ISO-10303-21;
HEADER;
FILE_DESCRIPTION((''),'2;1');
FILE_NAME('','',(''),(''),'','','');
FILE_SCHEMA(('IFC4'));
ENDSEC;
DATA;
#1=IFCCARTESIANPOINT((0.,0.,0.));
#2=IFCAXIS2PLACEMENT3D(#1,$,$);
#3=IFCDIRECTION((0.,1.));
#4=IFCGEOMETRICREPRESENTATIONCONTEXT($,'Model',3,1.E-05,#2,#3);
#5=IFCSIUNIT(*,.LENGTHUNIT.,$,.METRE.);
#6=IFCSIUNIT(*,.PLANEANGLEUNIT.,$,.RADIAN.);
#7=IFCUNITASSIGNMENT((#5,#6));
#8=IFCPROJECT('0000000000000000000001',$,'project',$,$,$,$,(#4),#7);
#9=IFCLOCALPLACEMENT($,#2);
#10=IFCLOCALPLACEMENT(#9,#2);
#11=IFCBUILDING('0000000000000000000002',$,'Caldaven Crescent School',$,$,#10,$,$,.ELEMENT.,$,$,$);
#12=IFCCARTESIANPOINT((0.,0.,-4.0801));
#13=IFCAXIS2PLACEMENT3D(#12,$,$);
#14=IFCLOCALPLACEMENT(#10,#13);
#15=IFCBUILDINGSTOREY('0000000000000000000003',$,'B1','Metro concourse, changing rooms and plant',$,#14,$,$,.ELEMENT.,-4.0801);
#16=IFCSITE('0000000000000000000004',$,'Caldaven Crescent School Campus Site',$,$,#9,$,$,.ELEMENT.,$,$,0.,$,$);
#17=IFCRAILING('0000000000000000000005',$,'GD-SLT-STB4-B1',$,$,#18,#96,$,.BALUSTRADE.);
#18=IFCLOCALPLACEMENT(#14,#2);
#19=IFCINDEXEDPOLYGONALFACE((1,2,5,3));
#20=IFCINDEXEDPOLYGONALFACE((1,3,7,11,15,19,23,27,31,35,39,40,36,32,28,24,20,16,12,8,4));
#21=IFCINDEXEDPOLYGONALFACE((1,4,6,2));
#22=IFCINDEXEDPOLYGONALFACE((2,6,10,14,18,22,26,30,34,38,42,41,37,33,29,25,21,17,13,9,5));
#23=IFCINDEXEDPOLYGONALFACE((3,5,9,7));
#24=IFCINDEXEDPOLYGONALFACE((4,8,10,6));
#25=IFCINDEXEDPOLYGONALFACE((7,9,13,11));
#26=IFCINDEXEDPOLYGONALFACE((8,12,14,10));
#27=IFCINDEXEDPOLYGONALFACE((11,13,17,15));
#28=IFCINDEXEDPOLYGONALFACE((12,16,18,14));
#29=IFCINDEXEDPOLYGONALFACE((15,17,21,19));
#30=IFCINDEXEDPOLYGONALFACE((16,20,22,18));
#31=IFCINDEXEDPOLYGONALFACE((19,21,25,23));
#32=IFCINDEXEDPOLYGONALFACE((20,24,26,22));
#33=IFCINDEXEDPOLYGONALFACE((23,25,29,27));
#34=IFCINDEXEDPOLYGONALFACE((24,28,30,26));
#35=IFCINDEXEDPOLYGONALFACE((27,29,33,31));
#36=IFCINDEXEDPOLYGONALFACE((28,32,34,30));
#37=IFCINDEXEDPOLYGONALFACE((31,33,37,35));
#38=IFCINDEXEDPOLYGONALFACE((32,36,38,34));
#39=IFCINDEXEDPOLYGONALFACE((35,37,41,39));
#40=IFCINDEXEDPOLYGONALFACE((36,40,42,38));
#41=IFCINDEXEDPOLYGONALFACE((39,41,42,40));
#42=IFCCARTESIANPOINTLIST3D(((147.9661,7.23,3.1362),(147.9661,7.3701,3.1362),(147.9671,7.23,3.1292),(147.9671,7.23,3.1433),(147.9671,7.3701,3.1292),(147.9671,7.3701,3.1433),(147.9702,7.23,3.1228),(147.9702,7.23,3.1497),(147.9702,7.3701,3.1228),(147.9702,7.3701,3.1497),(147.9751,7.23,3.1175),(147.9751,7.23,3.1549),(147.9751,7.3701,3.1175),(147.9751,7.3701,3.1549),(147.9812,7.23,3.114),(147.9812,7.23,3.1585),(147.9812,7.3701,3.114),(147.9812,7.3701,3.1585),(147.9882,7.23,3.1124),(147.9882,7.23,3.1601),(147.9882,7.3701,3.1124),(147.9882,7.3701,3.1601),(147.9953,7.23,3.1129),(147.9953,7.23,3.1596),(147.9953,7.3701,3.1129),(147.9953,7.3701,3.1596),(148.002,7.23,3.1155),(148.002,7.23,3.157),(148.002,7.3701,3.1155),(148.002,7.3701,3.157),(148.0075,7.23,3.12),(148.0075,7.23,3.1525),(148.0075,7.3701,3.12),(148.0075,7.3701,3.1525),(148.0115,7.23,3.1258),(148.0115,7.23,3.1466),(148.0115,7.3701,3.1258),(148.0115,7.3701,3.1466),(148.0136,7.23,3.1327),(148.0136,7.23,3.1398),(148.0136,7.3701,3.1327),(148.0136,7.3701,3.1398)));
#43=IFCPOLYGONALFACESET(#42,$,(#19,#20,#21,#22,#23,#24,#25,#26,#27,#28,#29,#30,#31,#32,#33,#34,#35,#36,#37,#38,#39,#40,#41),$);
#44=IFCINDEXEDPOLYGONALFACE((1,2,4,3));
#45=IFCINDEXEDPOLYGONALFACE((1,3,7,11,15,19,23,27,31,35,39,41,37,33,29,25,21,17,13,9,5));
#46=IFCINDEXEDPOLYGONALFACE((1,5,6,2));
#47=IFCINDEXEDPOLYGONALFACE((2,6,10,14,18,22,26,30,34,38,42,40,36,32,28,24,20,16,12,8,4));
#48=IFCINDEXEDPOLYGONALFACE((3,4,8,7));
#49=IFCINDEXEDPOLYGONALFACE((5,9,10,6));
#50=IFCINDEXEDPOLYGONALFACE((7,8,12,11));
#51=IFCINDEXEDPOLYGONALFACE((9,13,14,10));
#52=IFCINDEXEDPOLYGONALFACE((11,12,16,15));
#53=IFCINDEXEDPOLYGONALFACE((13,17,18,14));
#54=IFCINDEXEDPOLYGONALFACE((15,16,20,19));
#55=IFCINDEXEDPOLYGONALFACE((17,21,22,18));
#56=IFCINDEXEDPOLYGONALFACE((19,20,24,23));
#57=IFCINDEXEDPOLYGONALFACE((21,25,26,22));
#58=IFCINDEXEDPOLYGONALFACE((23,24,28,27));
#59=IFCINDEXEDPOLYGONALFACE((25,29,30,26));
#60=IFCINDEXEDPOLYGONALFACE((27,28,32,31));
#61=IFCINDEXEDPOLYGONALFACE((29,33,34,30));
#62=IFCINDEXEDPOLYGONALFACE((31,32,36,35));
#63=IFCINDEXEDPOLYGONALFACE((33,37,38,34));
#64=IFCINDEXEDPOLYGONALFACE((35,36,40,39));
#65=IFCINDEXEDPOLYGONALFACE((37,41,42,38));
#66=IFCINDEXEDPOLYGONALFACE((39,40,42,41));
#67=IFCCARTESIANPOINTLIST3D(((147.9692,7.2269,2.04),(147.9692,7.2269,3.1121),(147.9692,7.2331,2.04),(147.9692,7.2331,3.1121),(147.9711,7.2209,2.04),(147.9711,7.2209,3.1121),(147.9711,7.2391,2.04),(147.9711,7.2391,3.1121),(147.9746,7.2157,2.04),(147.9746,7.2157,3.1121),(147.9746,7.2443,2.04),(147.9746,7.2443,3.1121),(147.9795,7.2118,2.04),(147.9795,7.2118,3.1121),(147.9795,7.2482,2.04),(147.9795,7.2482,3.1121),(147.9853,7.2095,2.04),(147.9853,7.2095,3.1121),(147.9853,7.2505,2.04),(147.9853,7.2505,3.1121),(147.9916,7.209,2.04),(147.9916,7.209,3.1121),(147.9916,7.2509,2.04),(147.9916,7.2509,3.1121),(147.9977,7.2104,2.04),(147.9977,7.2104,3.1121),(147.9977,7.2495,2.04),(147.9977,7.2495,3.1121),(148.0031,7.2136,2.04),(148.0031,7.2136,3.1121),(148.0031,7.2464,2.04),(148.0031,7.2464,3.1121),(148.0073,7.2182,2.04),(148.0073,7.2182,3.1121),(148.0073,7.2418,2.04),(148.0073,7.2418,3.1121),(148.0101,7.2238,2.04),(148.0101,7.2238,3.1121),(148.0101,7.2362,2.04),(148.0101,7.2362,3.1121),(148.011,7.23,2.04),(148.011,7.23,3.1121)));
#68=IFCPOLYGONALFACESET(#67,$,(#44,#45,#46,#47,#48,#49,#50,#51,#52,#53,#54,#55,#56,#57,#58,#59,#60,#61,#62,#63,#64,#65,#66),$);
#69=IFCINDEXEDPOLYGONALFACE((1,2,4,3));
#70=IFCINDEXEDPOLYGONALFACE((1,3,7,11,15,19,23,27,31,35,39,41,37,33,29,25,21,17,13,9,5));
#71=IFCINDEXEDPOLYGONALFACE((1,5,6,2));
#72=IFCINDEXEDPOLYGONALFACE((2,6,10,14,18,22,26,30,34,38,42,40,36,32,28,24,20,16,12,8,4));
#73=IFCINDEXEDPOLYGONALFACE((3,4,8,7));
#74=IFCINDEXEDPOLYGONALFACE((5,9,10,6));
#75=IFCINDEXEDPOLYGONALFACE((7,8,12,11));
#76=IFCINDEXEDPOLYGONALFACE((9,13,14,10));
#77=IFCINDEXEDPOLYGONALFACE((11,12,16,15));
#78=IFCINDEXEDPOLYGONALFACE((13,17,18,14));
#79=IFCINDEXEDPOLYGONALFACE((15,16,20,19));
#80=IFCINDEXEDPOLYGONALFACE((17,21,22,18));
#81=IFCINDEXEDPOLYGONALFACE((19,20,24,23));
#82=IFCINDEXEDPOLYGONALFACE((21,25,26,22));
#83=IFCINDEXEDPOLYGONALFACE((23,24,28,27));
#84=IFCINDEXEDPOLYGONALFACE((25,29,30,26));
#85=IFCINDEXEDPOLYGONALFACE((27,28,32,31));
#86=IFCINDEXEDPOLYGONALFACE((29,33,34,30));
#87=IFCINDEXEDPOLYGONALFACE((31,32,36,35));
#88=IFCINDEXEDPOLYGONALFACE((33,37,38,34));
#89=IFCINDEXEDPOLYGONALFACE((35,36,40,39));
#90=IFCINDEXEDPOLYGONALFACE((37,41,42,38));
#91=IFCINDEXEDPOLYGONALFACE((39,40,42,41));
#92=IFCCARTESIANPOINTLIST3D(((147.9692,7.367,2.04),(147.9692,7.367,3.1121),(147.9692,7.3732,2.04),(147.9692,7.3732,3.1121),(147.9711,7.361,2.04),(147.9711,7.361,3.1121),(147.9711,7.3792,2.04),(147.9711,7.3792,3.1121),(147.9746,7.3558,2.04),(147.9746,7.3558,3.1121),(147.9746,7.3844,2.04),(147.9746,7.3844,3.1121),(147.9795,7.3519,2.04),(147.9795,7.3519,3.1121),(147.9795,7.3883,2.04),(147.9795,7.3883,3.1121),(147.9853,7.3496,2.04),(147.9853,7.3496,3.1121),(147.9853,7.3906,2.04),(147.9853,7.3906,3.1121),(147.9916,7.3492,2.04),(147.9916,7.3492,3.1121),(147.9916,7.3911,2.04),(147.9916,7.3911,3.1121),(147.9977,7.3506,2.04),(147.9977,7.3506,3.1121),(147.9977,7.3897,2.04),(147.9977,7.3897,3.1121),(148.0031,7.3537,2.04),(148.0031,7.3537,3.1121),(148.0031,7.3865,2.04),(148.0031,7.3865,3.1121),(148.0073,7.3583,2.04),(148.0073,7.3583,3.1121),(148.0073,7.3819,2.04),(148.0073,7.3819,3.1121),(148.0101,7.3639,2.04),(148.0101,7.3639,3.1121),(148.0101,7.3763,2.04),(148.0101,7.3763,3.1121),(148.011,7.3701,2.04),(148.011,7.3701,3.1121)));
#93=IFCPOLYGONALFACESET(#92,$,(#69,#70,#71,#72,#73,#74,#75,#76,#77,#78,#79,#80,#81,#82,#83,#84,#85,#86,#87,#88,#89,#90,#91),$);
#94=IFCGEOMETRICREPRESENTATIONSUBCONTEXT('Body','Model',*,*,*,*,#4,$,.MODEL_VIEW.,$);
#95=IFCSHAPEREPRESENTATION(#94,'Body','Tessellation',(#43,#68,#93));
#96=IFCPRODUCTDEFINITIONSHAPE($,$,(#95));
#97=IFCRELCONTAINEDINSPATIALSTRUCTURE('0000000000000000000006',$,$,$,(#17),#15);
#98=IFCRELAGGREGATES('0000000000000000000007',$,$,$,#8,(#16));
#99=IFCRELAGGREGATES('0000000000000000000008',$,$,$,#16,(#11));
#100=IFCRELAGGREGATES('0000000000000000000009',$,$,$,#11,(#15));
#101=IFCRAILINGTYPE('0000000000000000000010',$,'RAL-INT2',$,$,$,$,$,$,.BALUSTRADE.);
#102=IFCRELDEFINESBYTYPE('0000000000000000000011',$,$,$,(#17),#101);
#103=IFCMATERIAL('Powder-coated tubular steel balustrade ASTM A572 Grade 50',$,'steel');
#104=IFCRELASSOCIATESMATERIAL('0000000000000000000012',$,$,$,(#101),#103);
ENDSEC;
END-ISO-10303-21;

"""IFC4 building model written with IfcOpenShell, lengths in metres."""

from ifc_helpers import new_model, si_unit, direction, frame, origin, origin_2d, place, context, subcontext, project, spatial, circle, extrude, material, type_object, element, save


model = new_model("IFC4")

# Units and contexts
model_context = context("Model", 3, precision=1e-05, world=origin(), true_north=direction((0.0, 1.0)))
body_context = subcontext(model_context, "Body", "Model", "MODEL_VIEW")
ifc_project = project(units=[si_unit("LENGTHUNIT", "METRE"), si_unit("PLANEANGLEUNIT", "RADIAN")], contexts=[model_context])

# Site, building, storey
site_placement = place(None, origin())
site = spatial("IfcSite", under=ifc_project, at=site_placement, Name="Caldaven Crescent School Campus Site", CompositionType="ELEMENT", RefElevation=0.0)
building_placement = place(site_placement, origin())
building = spatial("IfcBuilding", under=site, at=building_placement, Name="Caldaven Crescent School", CompositionType="ELEMENT")
storey_placement = place(building_placement, frame((0.0, 0.0, -4.0801)))
storey = spatial("IfcBuildingStorey", under=building, at=storey_placement, Name="B1", Description="Metro concourse, changing rooms and plant", CompositionType="ELEMENT", Elevation=-4.0801)

# Railing
ifc_material_1 = material(Name="Powder-coated tubular steel balustrade ASTM A572 Grade 50", Category="steel")
railing_type_1 = type_object("IfcRailingType", Name="RAL-INT2", PredefinedType="BALUSTRADE", material=ifc_material_1)
railing_1_placement = place(storey_placement, frame((147.99, 7.23, 2.04)))
element("IfcRailing", 1, at=railing_1_placement, inside=storey, type_object=railing_type_1, Name="GD-SLT-STB4-B1", PredefinedType="BALUSTRADE", context=body_context, shape_type="SweptSolid", body=[
    extrude(circle(Radius=0.0239, at=origin_2d()), frame((0.0, 0.0, 1.0962), z_axis=(0.0, 1.0, 0.0), x_axis=(-1.0, 0.0, 0.0)), (0.0, 0.0, 1.0), 0.1401),
    extrude(circle(Radius=0.021, at=origin_2d()), origin(), (0.0, 0.0, 1.0), 1.072),
    extrude(circle(Radius=0.021, at=origin_2d()), frame((0.0, 0.1401, 0.0)), (0.0, 0.0, 1.0), 1.072),
])

save(model, "model.ifc")
